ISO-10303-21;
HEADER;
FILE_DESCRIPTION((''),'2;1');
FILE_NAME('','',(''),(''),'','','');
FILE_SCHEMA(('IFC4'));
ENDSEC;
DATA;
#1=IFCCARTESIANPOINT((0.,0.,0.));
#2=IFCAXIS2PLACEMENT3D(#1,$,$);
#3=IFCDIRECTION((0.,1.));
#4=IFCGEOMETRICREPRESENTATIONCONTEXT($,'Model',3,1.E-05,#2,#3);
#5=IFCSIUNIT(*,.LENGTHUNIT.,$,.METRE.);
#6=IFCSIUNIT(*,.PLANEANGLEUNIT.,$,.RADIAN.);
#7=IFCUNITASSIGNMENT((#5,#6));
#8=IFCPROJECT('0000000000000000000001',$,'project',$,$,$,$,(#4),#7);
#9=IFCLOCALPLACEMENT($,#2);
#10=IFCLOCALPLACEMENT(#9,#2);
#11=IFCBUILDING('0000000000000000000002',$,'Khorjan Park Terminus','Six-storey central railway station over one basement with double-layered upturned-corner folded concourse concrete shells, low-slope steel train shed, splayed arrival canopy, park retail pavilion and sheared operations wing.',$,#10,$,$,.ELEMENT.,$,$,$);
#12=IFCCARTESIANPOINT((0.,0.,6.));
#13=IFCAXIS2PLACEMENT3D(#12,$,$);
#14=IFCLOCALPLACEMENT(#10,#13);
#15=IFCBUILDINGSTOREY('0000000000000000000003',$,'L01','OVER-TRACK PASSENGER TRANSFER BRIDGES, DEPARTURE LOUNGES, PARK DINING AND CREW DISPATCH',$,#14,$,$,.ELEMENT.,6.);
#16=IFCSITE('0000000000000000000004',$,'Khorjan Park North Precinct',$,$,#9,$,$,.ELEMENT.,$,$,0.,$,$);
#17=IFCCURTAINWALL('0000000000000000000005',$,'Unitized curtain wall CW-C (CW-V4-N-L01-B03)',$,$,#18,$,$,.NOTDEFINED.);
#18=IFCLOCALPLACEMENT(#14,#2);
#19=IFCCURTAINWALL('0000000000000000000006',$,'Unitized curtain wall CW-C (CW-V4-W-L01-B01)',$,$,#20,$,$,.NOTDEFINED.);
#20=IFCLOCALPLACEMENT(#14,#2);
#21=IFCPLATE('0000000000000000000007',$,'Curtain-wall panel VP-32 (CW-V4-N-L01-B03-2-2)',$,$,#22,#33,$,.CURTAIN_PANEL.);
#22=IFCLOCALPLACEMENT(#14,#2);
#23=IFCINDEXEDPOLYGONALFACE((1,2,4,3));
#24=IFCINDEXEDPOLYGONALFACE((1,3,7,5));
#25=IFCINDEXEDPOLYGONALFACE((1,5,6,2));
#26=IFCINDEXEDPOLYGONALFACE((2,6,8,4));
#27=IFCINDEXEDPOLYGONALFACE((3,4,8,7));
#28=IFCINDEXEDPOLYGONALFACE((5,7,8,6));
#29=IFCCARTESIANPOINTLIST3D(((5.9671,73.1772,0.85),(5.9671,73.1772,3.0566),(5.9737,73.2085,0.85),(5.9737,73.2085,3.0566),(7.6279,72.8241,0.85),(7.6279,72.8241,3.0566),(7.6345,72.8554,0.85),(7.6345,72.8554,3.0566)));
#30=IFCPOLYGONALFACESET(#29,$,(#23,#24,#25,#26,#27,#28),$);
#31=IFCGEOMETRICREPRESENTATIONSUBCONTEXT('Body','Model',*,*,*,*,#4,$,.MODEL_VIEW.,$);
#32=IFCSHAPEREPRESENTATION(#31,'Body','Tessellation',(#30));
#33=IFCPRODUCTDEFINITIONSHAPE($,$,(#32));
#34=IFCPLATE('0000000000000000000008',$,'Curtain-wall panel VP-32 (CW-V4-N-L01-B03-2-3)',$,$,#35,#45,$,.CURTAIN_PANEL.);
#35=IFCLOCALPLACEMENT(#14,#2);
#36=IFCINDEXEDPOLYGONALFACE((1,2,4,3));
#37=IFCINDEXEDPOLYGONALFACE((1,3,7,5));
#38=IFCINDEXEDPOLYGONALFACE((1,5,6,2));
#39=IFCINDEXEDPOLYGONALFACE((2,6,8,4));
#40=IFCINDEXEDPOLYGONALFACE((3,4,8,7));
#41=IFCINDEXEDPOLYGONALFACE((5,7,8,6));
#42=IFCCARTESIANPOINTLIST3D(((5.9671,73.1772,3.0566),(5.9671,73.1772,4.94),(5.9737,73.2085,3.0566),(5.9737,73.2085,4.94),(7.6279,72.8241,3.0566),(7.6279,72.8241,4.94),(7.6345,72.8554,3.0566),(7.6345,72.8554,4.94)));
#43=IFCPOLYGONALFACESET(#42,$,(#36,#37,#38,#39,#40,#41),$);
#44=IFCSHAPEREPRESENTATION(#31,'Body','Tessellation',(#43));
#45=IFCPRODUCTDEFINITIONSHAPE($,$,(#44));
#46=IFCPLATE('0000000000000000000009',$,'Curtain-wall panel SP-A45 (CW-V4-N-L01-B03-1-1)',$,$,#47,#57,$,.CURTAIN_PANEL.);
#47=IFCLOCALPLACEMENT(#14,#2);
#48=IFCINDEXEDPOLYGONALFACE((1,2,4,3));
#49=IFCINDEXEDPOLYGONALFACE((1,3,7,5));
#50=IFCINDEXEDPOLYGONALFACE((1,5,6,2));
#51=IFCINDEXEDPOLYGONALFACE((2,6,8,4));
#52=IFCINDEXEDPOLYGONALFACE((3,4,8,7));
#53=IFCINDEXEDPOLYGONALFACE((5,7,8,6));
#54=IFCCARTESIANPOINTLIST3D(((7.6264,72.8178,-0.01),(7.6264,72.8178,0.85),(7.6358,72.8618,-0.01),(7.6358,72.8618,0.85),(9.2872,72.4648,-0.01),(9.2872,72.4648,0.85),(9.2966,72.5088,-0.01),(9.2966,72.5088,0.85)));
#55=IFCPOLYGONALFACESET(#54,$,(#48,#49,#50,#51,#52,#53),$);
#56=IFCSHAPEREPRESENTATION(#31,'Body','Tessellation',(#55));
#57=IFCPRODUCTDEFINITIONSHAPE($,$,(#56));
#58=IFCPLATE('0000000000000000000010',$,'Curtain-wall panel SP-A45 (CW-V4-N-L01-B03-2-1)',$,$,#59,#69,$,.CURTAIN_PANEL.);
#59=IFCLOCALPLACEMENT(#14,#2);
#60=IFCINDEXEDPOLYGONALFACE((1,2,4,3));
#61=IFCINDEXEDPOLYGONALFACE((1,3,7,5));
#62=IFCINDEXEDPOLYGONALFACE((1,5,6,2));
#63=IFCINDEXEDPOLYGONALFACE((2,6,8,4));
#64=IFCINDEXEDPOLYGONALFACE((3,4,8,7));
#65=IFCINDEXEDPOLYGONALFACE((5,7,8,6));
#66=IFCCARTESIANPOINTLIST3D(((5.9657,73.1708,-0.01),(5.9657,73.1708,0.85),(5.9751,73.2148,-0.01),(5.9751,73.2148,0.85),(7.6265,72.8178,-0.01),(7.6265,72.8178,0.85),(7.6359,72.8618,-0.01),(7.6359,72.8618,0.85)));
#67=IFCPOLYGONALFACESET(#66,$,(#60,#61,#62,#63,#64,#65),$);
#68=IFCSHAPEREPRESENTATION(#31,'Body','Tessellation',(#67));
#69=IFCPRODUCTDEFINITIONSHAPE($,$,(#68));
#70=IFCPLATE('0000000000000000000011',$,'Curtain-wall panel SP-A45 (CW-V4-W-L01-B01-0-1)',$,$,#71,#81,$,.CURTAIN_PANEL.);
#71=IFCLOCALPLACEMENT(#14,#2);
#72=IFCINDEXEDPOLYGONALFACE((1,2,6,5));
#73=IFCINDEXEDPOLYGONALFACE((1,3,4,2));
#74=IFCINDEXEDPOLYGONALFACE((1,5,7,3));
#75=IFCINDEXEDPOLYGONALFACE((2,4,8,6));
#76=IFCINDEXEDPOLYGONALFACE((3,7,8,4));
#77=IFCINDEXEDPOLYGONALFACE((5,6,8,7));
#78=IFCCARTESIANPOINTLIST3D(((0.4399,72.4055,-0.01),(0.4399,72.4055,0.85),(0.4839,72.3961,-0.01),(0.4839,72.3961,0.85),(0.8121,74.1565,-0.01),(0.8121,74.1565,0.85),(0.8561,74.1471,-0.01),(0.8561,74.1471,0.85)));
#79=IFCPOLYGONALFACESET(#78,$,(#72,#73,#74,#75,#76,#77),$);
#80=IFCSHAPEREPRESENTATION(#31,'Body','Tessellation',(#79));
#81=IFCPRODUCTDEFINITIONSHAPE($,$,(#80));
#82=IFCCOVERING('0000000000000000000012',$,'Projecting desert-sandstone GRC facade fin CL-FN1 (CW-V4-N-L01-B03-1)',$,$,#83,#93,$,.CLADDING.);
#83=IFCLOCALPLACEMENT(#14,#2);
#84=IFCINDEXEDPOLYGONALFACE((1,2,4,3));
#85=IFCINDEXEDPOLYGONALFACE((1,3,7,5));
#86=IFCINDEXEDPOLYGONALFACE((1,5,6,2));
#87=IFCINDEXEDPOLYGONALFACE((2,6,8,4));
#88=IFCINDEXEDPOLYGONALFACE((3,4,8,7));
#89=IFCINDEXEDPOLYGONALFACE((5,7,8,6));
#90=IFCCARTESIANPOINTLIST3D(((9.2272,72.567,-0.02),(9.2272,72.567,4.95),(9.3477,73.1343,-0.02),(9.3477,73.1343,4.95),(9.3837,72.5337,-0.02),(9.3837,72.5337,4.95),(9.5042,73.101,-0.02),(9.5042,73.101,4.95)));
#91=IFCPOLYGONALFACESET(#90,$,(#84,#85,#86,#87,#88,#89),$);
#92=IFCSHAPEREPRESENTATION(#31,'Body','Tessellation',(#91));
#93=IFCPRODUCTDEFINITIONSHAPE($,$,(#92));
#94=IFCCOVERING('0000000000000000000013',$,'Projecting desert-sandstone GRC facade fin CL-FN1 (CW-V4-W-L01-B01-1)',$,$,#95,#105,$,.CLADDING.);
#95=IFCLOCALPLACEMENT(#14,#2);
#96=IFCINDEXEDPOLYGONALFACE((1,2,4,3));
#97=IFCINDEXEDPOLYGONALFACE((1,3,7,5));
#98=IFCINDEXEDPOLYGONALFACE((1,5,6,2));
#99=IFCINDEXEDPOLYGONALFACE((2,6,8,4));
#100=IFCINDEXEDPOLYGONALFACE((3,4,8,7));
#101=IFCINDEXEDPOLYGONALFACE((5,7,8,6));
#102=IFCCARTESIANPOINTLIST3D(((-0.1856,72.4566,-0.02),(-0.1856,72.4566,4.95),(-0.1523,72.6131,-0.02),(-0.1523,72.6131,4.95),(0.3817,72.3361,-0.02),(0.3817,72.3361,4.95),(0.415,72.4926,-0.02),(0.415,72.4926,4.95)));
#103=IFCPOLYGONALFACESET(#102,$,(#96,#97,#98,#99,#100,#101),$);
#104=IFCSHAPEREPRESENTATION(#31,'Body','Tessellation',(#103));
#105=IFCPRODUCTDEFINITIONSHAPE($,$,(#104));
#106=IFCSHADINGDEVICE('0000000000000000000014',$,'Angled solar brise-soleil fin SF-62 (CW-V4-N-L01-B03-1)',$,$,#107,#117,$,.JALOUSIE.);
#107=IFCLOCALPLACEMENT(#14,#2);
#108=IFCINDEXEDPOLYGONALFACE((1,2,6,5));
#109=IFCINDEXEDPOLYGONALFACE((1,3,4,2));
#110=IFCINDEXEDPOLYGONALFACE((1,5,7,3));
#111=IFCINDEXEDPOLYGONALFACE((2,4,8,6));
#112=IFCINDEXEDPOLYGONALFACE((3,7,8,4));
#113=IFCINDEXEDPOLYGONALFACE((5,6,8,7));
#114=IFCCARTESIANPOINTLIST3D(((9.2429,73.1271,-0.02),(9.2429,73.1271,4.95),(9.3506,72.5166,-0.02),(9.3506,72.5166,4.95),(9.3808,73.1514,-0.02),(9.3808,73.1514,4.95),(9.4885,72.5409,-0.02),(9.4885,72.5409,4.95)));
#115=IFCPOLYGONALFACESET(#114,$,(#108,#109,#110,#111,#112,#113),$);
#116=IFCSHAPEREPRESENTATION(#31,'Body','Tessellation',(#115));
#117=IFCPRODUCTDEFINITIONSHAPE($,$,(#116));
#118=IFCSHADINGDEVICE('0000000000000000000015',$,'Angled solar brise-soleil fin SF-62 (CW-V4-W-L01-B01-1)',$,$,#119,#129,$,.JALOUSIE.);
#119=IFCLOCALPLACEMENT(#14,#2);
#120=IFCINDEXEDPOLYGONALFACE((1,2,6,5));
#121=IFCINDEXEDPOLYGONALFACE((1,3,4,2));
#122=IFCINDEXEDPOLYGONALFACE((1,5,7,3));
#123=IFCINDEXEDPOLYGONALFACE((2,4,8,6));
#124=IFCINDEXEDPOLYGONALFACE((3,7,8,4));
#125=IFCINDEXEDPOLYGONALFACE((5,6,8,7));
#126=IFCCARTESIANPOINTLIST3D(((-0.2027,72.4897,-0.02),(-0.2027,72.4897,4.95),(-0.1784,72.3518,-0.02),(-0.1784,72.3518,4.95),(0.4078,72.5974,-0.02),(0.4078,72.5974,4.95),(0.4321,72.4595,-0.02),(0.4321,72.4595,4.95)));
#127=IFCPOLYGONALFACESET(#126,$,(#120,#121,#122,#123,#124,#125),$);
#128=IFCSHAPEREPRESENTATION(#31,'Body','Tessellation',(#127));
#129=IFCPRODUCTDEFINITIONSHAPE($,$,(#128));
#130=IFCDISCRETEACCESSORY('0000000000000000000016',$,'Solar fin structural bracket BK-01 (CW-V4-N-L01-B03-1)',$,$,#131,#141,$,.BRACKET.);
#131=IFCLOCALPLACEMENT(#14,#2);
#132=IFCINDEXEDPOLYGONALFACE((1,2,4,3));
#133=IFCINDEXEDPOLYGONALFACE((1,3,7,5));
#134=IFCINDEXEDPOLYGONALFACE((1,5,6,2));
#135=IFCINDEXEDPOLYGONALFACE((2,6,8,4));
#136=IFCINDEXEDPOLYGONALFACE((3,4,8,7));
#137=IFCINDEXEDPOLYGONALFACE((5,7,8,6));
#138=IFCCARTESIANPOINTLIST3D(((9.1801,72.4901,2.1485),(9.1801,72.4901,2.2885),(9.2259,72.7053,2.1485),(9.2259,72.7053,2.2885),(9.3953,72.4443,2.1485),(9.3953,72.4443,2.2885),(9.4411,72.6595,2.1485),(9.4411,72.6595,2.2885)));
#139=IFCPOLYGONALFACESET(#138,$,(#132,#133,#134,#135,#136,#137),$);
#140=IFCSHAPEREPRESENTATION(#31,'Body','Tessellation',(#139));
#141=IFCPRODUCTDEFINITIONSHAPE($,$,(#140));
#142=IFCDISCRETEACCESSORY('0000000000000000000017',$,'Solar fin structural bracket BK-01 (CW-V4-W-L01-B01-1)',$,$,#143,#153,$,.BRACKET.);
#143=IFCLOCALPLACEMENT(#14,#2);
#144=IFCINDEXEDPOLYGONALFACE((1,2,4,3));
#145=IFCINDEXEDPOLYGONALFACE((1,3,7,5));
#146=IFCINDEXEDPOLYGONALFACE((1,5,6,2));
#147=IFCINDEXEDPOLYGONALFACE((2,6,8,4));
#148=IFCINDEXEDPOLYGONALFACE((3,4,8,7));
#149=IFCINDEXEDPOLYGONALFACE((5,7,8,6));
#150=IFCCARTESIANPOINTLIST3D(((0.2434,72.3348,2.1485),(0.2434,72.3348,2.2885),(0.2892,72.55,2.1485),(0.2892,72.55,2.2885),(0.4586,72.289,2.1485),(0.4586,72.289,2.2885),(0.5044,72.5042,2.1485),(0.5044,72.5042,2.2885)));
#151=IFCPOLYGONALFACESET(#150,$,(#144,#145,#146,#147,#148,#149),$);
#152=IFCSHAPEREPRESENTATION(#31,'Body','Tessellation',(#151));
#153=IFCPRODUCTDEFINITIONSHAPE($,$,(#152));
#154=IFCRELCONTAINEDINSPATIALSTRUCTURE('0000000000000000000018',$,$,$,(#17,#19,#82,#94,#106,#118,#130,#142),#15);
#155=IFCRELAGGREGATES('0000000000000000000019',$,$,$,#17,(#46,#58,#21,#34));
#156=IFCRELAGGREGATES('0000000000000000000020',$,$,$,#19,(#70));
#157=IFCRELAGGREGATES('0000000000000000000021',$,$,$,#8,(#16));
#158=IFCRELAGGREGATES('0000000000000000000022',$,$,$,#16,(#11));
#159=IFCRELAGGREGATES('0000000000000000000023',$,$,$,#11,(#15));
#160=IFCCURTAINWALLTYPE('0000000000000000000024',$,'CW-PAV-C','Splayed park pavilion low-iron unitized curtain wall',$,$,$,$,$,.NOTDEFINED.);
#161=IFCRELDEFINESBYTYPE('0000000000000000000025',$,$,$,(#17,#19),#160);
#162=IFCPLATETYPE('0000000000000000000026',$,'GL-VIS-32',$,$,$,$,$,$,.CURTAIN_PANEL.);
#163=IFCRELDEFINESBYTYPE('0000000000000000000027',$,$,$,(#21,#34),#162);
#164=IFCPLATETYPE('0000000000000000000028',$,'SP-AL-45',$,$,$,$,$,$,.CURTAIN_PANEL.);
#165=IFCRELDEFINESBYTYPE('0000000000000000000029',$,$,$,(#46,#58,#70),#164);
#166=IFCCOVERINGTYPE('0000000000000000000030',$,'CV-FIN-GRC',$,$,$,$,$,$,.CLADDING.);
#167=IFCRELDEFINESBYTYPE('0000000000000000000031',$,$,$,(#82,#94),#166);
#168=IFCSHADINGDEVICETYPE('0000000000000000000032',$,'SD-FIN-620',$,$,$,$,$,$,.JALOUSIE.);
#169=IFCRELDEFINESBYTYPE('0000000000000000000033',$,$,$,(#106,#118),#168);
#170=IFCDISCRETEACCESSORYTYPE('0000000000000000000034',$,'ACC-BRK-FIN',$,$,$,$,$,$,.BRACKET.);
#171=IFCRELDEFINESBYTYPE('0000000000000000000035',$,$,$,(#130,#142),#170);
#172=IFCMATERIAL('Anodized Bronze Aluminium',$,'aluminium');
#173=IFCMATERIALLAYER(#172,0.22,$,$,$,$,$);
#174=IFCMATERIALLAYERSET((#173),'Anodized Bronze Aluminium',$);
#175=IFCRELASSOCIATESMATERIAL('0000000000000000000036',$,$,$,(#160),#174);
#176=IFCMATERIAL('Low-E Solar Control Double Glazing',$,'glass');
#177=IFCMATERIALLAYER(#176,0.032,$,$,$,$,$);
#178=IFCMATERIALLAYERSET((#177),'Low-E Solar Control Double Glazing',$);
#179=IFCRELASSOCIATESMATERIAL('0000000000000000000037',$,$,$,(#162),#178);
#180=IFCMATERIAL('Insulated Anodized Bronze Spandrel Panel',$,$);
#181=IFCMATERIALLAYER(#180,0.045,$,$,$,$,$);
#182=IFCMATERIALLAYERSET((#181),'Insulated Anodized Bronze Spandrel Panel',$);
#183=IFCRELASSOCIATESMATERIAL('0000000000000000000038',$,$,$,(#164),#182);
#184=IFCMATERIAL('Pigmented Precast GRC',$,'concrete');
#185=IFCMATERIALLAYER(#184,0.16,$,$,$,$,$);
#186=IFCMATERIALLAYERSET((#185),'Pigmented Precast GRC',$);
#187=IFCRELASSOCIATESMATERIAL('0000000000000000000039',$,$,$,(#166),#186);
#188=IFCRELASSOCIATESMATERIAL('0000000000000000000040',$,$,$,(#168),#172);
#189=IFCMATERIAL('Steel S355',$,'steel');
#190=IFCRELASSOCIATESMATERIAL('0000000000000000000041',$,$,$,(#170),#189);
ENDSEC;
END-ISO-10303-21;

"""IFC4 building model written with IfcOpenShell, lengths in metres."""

from ifc_helpers import new_model, si_unit, direction, frame, origin, origin_2d, place, context, subcontext, project, spatial, rectangle, extrude, material, layer, layer_set, type_object, element, aggregate, save


model = new_model("IFC4")

# Units and contexts
model_context = context("Model", 3, precision=1e-05, world=origin(), true_north=direction((0.0, 1.0)))
body_context = subcontext(model_context, "Body", "Model", "MODEL_VIEW")
ifc_project = project(units=[si_unit("LENGTHUNIT", "METRE"), si_unit("PLANEANGLEUNIT", "RADIAN")], contexts=[model_context])

# Site, building, storey
site_placement = place(None, origin())
site = spatial("IfcSite", under=ifc_project, at=site_placement, Name="Khorjan Park North Precinct", CompositionType="ELEMENT", RefElevation=0.0)
building_placement = place(site_placement, origin())
building = spatial("IfcBuilding", under=site, at=building_placement, Name="Khorjan Park Terminus", Description="Six-storey central railway station over one basement with double-layered upturned-corner folded concourse concrete shells, low-slope steel train shed, splayed arrival canopy, park retail pavilion and sheared operations wing.", CompositionType="ELEMENT")
storey_placement = place(building_placement, frame((0.0, 0.0, 6.0)))
storey = spatial("IfcBuildingStorey", under=building, at=storey_placement, Name="L01", Description="OVER-TRACK PASSENGER TRANSFER BRIDGES, DEPARTURE LOUNGES, PARK DINING AND CREW DISPATCH", CompositionType="ELEMENT", Elevation=6.0)

# Curtain wall
ifc_material_1 = material(Name="Anodized Bronze Aluminium", Category="aluminium")
ifc_layer_1 = layer(ifc_material_1, 0.22)
ifc_layer_set_1 = layer_set([ifc_layer_1], Name="Anodized Bronze Aluminium")
curtain_wall_type = type_object("IfcCurtainWallType", Name="CW-PAV-C", Description="Splayed park pavilion low-iron unitized curtain wall", PredefinedType="NOTDEFINED", material=ifc_layer_set_1)
curtain_wall_1_placement = place(storey_placement, origin())
curtain_wall_1 = element("IfcCurtainWall", 1, at=curtain_wall_1_placement, inside=storey, type_object=curtain_wall_type, Name="Unitized curtain wall CW-C (CW-V4-N-L01-B03)", PredefinedType="NOTDEFINED")

# Curtain wall
curtain_wall_2_placement = place(storey_placement, origin())
curtain_wall_2 = element("IfcCurtainWall", 2, at=curtain_wall_2_placement, inside=storey, type_object=curtain_wall_type, Name="Unitized curtain wall CW-C (CW-V4-W-L01-B01)", PredefinedType="NOTDEFINED")

# Plates
ifc_material_2 = material(Name="Low-E Solar Control Double Glazing", Category="glass")
ifc_layer_2 = layer(ifc_material_2, 0.032)
ifc_layer_set_2 = layer_set([ifc_layer_2], Name="Low-E Solar Control Double Glazing")
plate_type_1 = type_object("IfcPlateType", Name="GL-VIS-32", PredefinedType="CURTAIN_PANEL", material=ifc_layer_set_2)
plate_1_placement = place(storey_placement, frame((6.8008, 73.0163, 0.85), z_axis=(0.0, 0.0, 1.0), x_axis=(-0.978146, 0.207917, 0.0)))
plate_1 = element("IfcPlate", 3, at=plate_1_placement, type_object=plate_type_1, Name="Curtain-wall panel VP-32 (CW-V4-N-L01-B03-2-2)", PredefinedType="CURTAIN_PANEL", context=body_context, shape_type="SweptSolid", body=[
    extrude(rectangle(XDim=1.6979, YDim=0.032, at=origin_2d()), origin(), (0.0, 0.0, 1.0), 2.2066),
])
plate_2_placement = place(storey_placement, frame((6.8008, 73.0163, 3.0566), z_axis=(0.0, 0.0, 1.0), x_axis=(-0.978146, 0.207917, 0.0)))
plate_2 = element("IfcPlate", 4, at=plate_2_placement, type_object=plate_type_1, Name="Curtain-wall panel VP-32 (CW-V4-N-L01-B03-2-3)", PredefinedType="CURTAIN_PANEL", context=body_context, shape_type="SweptSolid", body=[
    extrude(rectangle(XDim=1.6979, YDim=0.032, at=origin_2d()), origin(), (0.0, 0.0, 1.0), 1.8834),
])
ifc_material_3 = material(Name="Insulated Anodized Bronze Spandrel Panel")
ifc_layer_3 = layer(ifc_material_3, 0.045)
ifc_layer_set_3 = layer_set([ifc_layer_3], Name="Insulated Anodized Bronze Spandrel Panel")
plate_type_2 = type_object("IfcPlateType", Name="SP-AL-45", PredefinedType="CURTAIN_PANEL", material=ifc_layer_set_3)
plate_3_placement = place(storey_placement, frame((8.4615, 72.6633, -0.01), z_axis=(0.0, 0.0, 1.0), x_axis=(-0.978146, 0.207917, 0.0)))
plate_3 = element("IfcPlate", 5, at=plate_3_placement, type_object=plate_type_2, Name="Curtain-wall panel SP-A45 (CW-V4-N-L01-B03-1-1)", PredefinedType="CURTAIN_PANEL", context=body_context, shape_type="SweptSolid", body=[
    extrude(rectangle(XDim=1.6979, YDim=0.045, at=origin_2d()), origin(), (0.0, 0.0, 1.0), 0.86),
])
plate_4_placement = place(storey_placement, frame((6.8008, 73.0163, -0.01), z_axis=(0.0, 0.0, 1.0), x_axis=(-0.978146, 0.207917, 0.0)))
plate_4 = element("IfcPlate", 6, at=plate_4_placement, type_object=plate_type_2, Name="Curtain-wall panel SP-A45 (CW-V4-N-L01-B03-2-1)", PredefinedType="CURTAIN_PANEL", context=body_context, shape_type="SweptSolid", body=[
    extrude(rectangle(XDim=1.6979, YDim=0.045, at=origin_2d()), origin(), (0.0, 0.0, 1.0), 0.86),
])
aggregate(curtain_wall_1, [plate_3, plate_4, plate_1, plate_2])
plate_5_placement = place(storey_placement, frame((0.648, 73.2763, -0.01), z_axis=(0.0, 0.0, 1.0), x_axis=(-0.207907, -0.978149, 0.0)))
plate_5 = element("IfcPlate", 7, at=plate_5_placement, type_object=plate_type_2, Name="Curtain-wall panel SP-A45 (CW-V4-W-L01-B01-0-1)", PredefinedType="CURTAIN_PANEL", context=body_context, shape_type="SweptSolid", body=[
    extrude(rectangle(XDim=1.7901, YDim=0.045, at=origin_2d()), origin(), (0.0, 0.0, 1.0), 0.86),
])
aggregate(curtain_wall_2, [plate_5])

# Coverings
ifc_material_4 = material(Name="Pigmented Precast GRC", Category="concrete")
ifc_layer_4 = layer(ifc_material_4, 0.16)
ifc_layer_set_4 = layer_set([ifc_layer_4], Name="Pigmented Precast GRC")
covering_type = type_object("IfcCoveringType", Name="CV-FIN-GRC", PredefinedType="CLADDING", material=ifc_layer_set_4)
for number, where, z_axis, x_axis, name in (
    (8, (9.3657, 72.834, -0.02), (0.0, 0.0, 1.0), (-0.207912, -0.978148, 0.0), "Projecting desert-sandstone GRC facade fin CL-FN1 (CW-V4-N-L01-B03-1)"),
    (9, (0.1147, 72.4746, -0.02), (0.0, 0.0, 1.0), (0.978148, -0.207912, 0.0), "Projecting desert-sandstone GRC facade fin CL-FN1 (CW-V4-W-L01-B01-1)"),
):
    element("IfcCovering", number, at=place(storey_placement, frame(where, z_axis=z_axis, x_axis=x_axis)), inside=storey, type_object=covering_type, Name=name, PredefinedType="CLADDING", context=body_context, shape_type="SweptSolid", body=[
        extrude(rectangle(XDim=0.58, YDim=0.16, at=origin_2d()), origin(), (0.0, 0.0, 1.0), 4.97),
    ])

# Shading devices
shading_device_type = type_object("IfcShadingDeviceType", Name="SD-FIN-620", PredefinedType="JALOUSIE", material=ifc_material_1)
for number, where, z_axis, x_axis, name in (
    (10, (9.3657, 72.834, -0.02), (0.0, 0.0, 1.0), (0.173648, -0.984808, 0.0), "Angled solar brise-soleil fin SF-62 (CW-V4-N-L01-B03-1)"),
    (11, (0.1147, 72.4746, -0.02), (0.0, 0.0, 1.0), (0.984808, 0.173648, 0.0), "Angled solar brise-soleil fin SF-62 (CW-V4-W-L01-B01-1)"),
):
    element("IfcShadingDevice", number, at=place(storey_placement, frame(where, z_axis=z_axis, x_axis=x_axis)), inside=storey, type_object=shading_device_type, Name=name, PredefinedType="JALOUSIE", context=body_context, shape_type="SweptSolid", body=[
        extrude(rectangle(XDim=0.62, YDim=0.14, at=origin_2d()), origin(), (0.0, 0.0, 1.0), 4.97),
    ])

# Discrete accessories
ifc_material_5 = material(Name="Steel S355", Category="steel")
discrete_accessory_type = type_object("IfcDiscreteAccessoryType", Name="ACC-BRK-FIN", PredefinedType="BRACKET", material=ifc_material_5)
for number, where, z_axis, x_axis, name in (
    (12, (9.3106, 72.5748, 2.1485), (0.0, 0.0, 1.0), (-0.978146, 0.207917, 0.0), "Solar fin structural bracket BK-01 (CW-V4-N-L01-B03-1)"),
    (13, (0.3739, 72.4195, 2.1485), (0.0, 0.0, 1.0), (-0.207907, -0.978149, 0.0), "Solar fin structural bracket BK-01 (CW-V4-W-L01-B01-1)"),
):
    element("IfcDiscreteAccessory", number, at=place(storey_placement, frame(where, z_axis=z_axis, x_axis=x_axis)), inside=storey, type_object=discrete_accessory_type, Name=name, PredefinedType="BRACKET", context=body_context, shape_type="SweptSolid", body=[
        extrude(rectangle(XDim=0.22, YDim=0.22, at=origin_2d()), origin(), (0.0, 0.0, 1.0), 0.14),
    ])

save(model, "model.ifc")
